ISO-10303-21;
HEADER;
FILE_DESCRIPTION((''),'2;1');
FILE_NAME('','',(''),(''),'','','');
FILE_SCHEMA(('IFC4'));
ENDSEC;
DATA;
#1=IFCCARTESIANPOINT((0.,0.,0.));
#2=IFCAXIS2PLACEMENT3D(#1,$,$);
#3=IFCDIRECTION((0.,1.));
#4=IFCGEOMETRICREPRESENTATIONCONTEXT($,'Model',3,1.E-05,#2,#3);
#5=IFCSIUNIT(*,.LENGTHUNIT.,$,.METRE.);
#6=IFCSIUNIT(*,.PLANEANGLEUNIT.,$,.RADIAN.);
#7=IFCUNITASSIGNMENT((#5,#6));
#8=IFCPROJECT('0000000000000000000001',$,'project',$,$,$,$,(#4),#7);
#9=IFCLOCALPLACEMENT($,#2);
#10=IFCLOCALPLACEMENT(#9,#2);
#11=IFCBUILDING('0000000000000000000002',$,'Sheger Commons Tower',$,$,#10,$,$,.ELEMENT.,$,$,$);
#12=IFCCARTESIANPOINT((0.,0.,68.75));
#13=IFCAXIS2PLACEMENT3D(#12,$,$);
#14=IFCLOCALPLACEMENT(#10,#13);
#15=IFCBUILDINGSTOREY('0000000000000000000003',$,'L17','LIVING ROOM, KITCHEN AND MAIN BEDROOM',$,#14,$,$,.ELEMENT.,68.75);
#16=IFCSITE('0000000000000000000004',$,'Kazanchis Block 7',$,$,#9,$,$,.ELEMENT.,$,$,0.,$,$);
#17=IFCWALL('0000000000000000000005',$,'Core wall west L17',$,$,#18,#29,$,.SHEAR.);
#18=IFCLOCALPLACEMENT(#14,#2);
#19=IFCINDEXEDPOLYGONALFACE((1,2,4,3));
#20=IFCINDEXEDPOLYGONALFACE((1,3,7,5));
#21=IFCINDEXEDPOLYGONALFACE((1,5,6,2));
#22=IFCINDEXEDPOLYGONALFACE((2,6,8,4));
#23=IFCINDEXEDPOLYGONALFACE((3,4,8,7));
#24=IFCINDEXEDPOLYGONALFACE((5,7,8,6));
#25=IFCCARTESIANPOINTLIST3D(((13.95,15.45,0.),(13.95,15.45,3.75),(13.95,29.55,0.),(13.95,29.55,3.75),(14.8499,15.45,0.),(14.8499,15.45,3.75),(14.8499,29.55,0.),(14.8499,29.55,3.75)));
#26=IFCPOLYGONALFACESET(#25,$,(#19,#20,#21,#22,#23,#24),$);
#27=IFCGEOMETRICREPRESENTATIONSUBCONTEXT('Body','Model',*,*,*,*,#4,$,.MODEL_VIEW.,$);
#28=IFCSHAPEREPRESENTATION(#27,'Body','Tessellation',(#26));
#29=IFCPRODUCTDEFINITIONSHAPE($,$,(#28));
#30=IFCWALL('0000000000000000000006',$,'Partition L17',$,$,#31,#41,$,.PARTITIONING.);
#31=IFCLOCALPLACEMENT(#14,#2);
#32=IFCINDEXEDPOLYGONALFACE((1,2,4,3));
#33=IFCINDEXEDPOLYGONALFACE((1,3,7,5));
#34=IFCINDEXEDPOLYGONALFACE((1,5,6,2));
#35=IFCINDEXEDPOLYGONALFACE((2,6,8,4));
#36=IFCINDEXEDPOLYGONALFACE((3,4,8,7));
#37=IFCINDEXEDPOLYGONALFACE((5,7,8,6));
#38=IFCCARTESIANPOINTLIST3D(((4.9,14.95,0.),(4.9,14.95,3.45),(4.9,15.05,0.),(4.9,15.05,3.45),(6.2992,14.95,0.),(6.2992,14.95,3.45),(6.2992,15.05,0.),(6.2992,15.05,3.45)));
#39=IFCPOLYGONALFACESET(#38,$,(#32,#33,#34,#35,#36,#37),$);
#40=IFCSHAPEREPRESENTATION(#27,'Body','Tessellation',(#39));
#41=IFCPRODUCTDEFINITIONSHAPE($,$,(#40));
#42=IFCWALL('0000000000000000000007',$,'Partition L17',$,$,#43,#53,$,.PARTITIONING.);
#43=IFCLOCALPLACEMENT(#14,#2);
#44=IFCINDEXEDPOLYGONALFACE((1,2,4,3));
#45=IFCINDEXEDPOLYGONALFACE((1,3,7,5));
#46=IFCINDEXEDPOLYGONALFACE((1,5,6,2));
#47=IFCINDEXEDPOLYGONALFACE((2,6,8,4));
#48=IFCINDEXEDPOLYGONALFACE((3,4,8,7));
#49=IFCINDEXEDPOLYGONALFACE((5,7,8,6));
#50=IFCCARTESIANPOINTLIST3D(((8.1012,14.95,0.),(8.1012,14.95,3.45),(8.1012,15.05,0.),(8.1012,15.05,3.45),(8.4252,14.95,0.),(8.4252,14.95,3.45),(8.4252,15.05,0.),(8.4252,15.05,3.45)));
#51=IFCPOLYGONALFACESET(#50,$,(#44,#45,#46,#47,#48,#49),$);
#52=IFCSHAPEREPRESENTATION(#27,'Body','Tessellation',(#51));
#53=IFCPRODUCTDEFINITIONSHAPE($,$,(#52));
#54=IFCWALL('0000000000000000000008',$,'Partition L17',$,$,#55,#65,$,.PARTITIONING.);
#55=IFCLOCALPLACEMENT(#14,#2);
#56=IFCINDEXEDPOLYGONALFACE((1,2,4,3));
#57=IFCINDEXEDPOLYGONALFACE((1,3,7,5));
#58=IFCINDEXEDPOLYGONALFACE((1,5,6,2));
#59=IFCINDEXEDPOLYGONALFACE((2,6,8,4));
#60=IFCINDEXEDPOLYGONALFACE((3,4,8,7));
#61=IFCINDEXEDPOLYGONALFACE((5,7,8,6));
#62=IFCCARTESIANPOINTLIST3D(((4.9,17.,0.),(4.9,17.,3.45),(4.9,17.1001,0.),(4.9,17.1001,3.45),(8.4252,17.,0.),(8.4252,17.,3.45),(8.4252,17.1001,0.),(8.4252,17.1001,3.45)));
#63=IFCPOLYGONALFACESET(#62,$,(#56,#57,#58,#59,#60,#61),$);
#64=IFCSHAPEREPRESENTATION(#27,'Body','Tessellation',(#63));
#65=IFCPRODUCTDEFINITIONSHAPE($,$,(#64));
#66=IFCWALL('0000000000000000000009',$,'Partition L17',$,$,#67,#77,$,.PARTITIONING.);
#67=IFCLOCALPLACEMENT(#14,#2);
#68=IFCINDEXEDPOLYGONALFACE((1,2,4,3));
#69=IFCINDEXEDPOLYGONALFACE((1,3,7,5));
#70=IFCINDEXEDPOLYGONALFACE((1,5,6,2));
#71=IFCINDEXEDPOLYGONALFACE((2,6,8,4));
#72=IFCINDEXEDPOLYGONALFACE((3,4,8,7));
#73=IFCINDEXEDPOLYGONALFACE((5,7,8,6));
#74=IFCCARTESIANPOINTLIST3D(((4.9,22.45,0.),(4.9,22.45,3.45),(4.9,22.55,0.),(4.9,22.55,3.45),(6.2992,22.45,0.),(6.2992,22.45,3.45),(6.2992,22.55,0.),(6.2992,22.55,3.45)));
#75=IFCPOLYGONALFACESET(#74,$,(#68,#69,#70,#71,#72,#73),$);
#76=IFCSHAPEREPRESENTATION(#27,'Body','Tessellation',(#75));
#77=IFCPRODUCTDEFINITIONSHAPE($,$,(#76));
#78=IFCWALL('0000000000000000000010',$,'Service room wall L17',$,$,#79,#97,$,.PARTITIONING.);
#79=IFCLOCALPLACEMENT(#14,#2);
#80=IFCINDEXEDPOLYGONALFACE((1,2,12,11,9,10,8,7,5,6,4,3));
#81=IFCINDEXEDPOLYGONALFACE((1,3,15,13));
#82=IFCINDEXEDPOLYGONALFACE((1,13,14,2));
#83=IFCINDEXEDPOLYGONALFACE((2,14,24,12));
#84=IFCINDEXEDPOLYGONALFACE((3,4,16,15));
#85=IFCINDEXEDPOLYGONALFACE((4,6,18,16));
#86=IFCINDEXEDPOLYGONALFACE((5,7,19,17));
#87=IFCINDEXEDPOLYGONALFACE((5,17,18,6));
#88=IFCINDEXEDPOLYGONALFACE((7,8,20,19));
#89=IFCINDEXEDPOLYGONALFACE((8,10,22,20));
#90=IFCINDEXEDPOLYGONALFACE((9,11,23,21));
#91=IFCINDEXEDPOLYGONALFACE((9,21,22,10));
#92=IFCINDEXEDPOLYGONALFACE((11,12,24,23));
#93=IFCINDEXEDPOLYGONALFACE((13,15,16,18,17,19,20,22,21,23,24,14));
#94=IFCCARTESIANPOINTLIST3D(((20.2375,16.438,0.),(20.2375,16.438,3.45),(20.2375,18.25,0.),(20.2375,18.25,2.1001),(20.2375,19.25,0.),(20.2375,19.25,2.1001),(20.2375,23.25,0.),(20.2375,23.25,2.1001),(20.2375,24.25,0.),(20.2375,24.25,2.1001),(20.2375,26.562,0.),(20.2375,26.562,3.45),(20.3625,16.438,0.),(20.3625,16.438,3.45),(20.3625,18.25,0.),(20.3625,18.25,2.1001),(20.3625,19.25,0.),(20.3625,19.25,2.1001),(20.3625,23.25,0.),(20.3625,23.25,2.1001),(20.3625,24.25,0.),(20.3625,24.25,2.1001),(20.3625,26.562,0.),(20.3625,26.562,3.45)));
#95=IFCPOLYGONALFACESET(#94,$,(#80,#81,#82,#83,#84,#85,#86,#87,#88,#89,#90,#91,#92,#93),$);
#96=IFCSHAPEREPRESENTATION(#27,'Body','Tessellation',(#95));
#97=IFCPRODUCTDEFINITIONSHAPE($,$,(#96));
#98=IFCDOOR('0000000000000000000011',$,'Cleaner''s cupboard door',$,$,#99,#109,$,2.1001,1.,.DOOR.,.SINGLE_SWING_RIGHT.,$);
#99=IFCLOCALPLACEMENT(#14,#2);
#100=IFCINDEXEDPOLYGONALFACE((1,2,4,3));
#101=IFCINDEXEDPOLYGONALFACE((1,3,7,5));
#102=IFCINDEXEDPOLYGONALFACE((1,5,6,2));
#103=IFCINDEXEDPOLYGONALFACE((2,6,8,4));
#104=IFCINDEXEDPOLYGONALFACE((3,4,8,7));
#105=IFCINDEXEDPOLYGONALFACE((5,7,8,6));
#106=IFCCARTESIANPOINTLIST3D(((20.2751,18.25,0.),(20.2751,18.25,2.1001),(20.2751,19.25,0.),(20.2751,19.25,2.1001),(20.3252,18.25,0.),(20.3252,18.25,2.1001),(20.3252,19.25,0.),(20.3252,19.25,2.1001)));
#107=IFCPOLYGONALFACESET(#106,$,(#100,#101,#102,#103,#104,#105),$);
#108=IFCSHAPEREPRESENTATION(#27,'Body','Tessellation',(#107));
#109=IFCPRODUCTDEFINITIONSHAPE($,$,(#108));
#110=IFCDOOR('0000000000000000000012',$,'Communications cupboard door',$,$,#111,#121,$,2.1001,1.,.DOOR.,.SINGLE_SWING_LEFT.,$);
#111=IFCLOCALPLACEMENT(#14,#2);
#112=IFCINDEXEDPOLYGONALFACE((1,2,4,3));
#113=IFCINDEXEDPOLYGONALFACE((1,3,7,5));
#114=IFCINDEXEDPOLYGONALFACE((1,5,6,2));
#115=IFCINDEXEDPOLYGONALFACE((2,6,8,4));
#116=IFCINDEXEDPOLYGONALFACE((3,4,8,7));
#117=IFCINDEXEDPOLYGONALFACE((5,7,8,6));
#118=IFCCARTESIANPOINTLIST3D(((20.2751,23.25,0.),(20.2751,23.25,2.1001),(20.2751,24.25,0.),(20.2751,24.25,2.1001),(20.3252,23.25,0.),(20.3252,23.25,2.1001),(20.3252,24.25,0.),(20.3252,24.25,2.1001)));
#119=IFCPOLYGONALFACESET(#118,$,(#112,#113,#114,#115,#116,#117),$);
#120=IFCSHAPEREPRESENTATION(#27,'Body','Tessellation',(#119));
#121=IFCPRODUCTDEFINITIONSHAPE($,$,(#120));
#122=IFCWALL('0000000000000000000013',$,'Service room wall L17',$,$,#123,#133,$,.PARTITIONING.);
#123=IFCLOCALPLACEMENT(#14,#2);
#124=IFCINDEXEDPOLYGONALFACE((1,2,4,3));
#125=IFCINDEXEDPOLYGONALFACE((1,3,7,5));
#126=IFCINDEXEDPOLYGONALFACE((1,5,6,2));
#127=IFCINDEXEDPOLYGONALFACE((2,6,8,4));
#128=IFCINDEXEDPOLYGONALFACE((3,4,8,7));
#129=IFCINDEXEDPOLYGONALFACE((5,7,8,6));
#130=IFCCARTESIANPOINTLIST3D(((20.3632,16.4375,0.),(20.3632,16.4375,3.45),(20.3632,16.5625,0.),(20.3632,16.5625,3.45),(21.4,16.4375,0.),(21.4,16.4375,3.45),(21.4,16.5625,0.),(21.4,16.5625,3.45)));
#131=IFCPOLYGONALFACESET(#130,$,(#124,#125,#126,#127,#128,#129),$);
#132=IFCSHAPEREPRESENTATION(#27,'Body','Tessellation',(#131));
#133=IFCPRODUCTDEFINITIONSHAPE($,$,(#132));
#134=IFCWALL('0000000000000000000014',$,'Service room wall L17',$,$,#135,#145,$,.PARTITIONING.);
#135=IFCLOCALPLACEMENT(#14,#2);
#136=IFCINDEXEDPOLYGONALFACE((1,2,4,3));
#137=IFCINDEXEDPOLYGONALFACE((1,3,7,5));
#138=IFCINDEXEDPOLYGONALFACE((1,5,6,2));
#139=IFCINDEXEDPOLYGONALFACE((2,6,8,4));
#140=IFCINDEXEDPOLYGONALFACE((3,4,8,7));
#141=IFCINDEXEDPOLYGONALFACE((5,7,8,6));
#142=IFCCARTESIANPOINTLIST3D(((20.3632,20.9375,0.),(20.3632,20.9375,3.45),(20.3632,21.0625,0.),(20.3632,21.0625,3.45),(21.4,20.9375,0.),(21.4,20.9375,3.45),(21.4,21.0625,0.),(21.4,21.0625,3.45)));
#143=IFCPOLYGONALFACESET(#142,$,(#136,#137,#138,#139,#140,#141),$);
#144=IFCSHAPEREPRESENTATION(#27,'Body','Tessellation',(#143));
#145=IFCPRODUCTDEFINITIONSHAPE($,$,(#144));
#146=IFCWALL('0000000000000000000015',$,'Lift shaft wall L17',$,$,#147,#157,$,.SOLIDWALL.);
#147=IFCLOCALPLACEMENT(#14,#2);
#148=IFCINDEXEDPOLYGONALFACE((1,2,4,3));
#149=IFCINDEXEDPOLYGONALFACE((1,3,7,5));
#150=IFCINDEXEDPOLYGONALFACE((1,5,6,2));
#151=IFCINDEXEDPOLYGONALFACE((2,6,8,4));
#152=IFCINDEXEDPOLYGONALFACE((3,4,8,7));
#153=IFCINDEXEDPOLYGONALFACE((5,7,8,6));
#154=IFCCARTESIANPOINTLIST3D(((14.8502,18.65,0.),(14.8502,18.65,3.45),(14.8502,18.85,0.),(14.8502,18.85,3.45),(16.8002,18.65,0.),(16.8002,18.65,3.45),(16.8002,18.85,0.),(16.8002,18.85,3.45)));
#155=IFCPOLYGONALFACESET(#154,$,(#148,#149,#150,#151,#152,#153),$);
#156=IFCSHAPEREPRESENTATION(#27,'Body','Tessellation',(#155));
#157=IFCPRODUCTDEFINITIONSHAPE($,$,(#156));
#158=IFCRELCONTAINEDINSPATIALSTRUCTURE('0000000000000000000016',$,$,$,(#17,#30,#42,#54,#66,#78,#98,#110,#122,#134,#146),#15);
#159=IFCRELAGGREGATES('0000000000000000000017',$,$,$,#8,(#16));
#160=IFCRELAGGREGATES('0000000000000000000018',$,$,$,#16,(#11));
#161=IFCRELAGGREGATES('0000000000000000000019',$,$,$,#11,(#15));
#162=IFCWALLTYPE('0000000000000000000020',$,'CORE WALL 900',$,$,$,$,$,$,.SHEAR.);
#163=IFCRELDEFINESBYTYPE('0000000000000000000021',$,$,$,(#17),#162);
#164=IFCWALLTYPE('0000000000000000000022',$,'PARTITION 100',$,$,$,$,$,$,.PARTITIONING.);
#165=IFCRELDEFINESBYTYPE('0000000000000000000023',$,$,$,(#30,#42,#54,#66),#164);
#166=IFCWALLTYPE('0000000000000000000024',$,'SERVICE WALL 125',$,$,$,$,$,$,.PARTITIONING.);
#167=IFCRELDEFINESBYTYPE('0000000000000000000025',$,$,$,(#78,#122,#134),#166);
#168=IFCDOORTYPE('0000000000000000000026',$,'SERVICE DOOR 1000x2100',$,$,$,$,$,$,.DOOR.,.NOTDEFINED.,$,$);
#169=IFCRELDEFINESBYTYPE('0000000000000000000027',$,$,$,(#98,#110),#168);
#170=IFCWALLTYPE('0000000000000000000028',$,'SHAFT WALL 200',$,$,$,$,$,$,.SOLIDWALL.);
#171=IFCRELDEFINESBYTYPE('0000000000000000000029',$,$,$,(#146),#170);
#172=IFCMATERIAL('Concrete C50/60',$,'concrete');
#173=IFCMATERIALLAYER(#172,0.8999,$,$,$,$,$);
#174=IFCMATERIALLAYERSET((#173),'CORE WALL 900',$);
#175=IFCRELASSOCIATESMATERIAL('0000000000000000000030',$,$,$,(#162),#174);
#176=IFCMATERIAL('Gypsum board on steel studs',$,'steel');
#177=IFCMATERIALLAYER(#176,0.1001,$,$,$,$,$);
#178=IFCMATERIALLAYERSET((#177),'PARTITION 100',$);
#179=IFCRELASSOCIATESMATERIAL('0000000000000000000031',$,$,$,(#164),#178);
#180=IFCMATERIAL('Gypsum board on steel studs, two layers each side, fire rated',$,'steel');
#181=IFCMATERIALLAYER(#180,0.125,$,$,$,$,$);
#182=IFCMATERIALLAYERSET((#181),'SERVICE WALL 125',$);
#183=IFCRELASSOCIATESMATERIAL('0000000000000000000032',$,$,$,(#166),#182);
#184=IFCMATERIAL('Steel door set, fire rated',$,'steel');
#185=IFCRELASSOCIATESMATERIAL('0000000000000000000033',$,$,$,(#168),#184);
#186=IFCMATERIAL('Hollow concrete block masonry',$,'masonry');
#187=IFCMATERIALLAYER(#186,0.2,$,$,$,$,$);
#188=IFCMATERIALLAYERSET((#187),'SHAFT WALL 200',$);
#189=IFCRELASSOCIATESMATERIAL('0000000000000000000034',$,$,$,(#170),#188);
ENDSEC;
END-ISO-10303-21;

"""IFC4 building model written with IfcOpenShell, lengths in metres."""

from ifc_helpers import new_model, si_unit, direction, frame, frame_2d, origin, place, context, subcontext, project, spatial, rectangle, extrude, material, layer, layer_set, type_object, element, fill, save


model = new_model("IFC4")

# Units and contexts
model_context = context("Model", 3, precision=1e-05, world=origin(), true_north=direction((0.0, 1.0)))
body_context = subcontext(model_context, "Body", "Model", "MODEL_VIEW")
ifc_project = project(units=[si_unit("LENGTHUNIT", "METRE"), si_unit("PLANEANGLEUNIT", "RADIAN")], contexts=[model_context])

# Site, building, storey
site_placement = place(None, origin())
site = spatial("IfcSite", under=ifc_project, at=site_placement, Name="Kazanchis Block 7", CompositionType="ELEMENT", RefElevation=0.0)
building_placement = place(site_placement, origin())
building = spatial("IfcBuilding", under=site, at=building_placement, Name="Sheger Commons Tower", CompositionType="ELEMENT")
storey_placement = place(building_placement, frame((0.0, 0.0, 68.75)))
storey = spatial("IfcBuildingStorey", under=building, at=storey_placement, Name="L17", Description="LIVING ROOM, KITCHEN AND MAIN BEDROOM", CompositionType="ELEMENT", Elevation=68.75)

# Shared definitions
ifc_material_1 = material(Name="Concrete C50/60", Category="concrete")
ifc_layer_1 = layer(ifc_material_1, 0.8999)
ifc_layer_set_1 = layer_set([ifc_layer_1], Name="CORE WALL 900")
wall_type_1 = type_object("IfcWallType", Name="CORE WALL 900", PredefinedType="SHEAR", material=ifc_layer_set_1)

# Walls
wall_1_placement = place(storey_placement, frame((14.3999, 15.45, 0.0), z_axis=(0.0, 0.0, 1.0), x_axis=(0.0, 1.0, 0.0)))
element("IfcWall", 1, at=wall_1_placement, inside=storey, type_object=wall_type_1, Name="Core wall west L17", PredefinedType="SHEAR", context=body_context, shape_type="SweptSolid", body=[
    extrude(rectangle(XDim=14.1001, YDim=0.8999, at=frame_2d((7.05, 0.0))), origin(), (0.0, 0.0, 1.0), 3.75),
])
ifc_material_2 = material(Name="Gypsum board on steel studs", Category="steel")
ifc_layer_2 = layer(ifc_material_2, 0.1001)
ifc_layer_set_2 = layer_set([ifc_layer_2], Name="PARTITION 100")
wall_type_2 = type_object("IfcWallType", Name="PARTITION 100", PredefinedType="PARTITIONING", material=ifc_layer_set_2)
wall_2_placement = place(storey_placement, frame((4.8999, 15.0, 0.0), z_axis=(0.0, 0.0, 1.0), x_axis=(1.0, 0.0, 0.0)))
element("IfcWall", 2, at=wall_2_placement, inside=storey, type_object=wall_type_2, Name="Partition L17", PredefinedType="PARTITIONING", context=body_context, shape_type="SweptSolid", body=[
    extrude(rectangle(XDim=1.3992, YDim=0.1001, at=frame_2d((0.6997, 0.0))), origin(), (0.0, 0.0, 1.0), 3.45),
])
wall_3_placement = place(storey_placement, frame((8.1011, 15.0, 0.0), z_axis=(0.0, 0.0, 1.0), x_axis=(1.0, 0.0, 0.0)))
element("IfcWall", 3, at=wall_3_placement, inside=storey, type_object=wall_type_2, Name="Partition L17", PredefinedType="PARTITIONING", context=body_context, shape_type="SweptSolid", body=[
    extrude(rectangle(XDim=0.324, YDim=0.1001, at=frame_2d((0.1621, 0.0))), origin(), (0.0, 0.0, 1.0), 3.45),
])
wall_4_placement = place(storey_placement, frame((4.8999, 17.05, 0.0), z_axis=(0.0, 0.0, 1.0), x_axis=(1.0, 0.0, 0.0)))
element("IfcWall", 4, at=wall_4_placement, inside=storey, type_object=wall_type_2, Name="Partition L17", PredefinedType="PARTITIONING", context=body_context, shape_type="SweptSolid", body=[
    extrude(rectangle(XDim=3.5251, YDim=0.1001, at=frame_2d((1.7627, 0.0))), origin(), (0.0, 0.0, 1.0), 3.45),
])
wall_5_placement = place(storey_placement, frame((4.8999, 22.5, 0.0), z_axis=(0.0, 0.0, 1.0), x_axis=(1.0, 0.0, 0.0)))
element("IfcWall", 5, at=wall_5_placement, inside=storey, type_object=wall_type_2, Name="Partition L17", PredefinedType="PARTITIONING", context=body_context, shape_type="SweptSolid", body=[
    extrude(rectangle(XDim=1.3992, YDim=0.1001, at=frame_2d((0.6997, 0.0))), origin(), (0.0, 0.0, 1.0), 3.45),
])

# Wall, openings, doors
ifc_material_3 = material(Name="Gypsum board on steel studs, two layers each side, fire rated", Category="steel")
ifc_layer_3 = layer(ifc_material_3, 0.125)
ifc_layer_set_3 = layer_set([ifc_layer_3], Name="SERVICE WALL 125")
wall_type_3 = type_object("IfcWallType", Name="SERVICE WALL 125", PredefinedType="PARTITIONING", material=ifc_layer_set_3)
wall_6_placement = place(storey_placement, frame((20.3, 16.438, 0.0), z_axis=(0.0, 0.0, 1.0), x_axis=(0.0, 1.0, 0.0)))
wall_6 = element("IfcWall", 6, at=wall_6_placement, inside=storey, type_object=wall_type_3, Name="Service room wall L17", PredefinedType="PARTITIONING", context=body_context, shape_type="SweptSolid", body=[
    extrude(rectangle(XDim=10.124, YDim=0.125, at=frame_2d((5.062, 0.0))), origin(), (0.0, 0.0, 1.0), 3.45),
])
opening_1_placement = place(wall_6_placement, frame((1.812, 0.0, 0.0)))
opening_1 = element("IfcOpeningElement", 7, at=opening_1_placement, cuts=wall_6, PredefinedType="OPENING", context=body_context, shape_type="SweptSolid", body=[
    extrude(rectangle(XDim=1.0, YDim=2.1001, at=frame_2d((0.5, 1.05))), frame((0.0, 0.0725, 0.0), z_axis=(0.0, -1.0, 0.0), x_axis=(1.0, 0.0, 0.0)), (0.0, 0.0, 1.0), 0.145),
])
opening_2_placement = place(wall_6_placement, frame((6.812, 0.0, 0.0)))
opening_2 = element("IfcOpeningElement", 8, at=opening_2_placement, cuts=wall_6, PredefinedType="OPENING", context=body_context, shape_type="SweptSolid", body=[
    extrude(rectangle(XDim=1.0, YDim=2.1001, at=frame_2d((0.5, 1.05))), frame((0.0, 0.0725, 0.0), z_axis=(0.0, -1.0, 0.0), x_axis=(1.0, 0.0, 0.0)), (0.0, 0.0, 1.0), 0.145),
])
ifc_material_4 = material(Name="Steel door set, fire rated", Category="steel")
door_type_1 = type_object("IfcDoorType", Name="SERVICE DOOR 1000x2100", OperationType="NOTDEFINED", PredefinedType="DOOR", material=ifc_material_4)
door_1_placement = place(opening_1_placement, origin())
door_1 = element("IfcDoor", 9, at=door_1_placement, inside=storey, type_object=door_type_1, Name="Cleaner's cupboard door", OperationType="SINGLE_SWING_RIGHT", OverallHeight=2.1001, OverallWidth=1.0, PredefinedType="DOOR", context=body_context, shape_type="SweptSolid", body=[
    extrude(rectangle(XDim=1.0, YDim=2.1001, at=frame_2d((0.5, 1.05))), frame((0.0, 0.0249, 0.0), z_axis=(0.0, -1.0, 0.0), x_axis=(1.0, 0.0, 0.0)), (0.0, 0.0, 1.0), 0.05),
])
fill(opening_1, door_1)
door_2_placement = place(opening_2_placement, origin())
door_2 = element("IfcDoor", 10, at=door_2_placement, inside=storey, type_object=door_type_1, Name="Communications cupboard door", OperationType="SINGLE_SWING_LEFT", OverallHeight=2.1001, OverallWidth=1.0, PredefinedType="DOOR", context=body_context, shape_type="SweptSolid", body=[
    extrude(rectangle(XDim=1.0, YDim=2.1001, at=frame_2d((0.5, 1.05))), frame((0.0, 0.0249, 0.0), z_axis=(0.0, -1.0, 0.0), x_axis=(1.0, 0.0, 0.0)), (0.0, 0.0, 1.0), 0.05),
])
fill(opening_2, door_2)

# Walls
for number, where, z_axis, x_axis, name in (
    (11, (20.363, 16.5, 0.0), (0.0, 0.0, 1.0), (1.0, 0.0, 0.0), "Service room wall L17"),
    (12, (20.363, 21.0, 0.0), (0.0, 0.0, 1.0), (1.0, 0.0, 0.0), "Service room wall L17"),
):
    element("IfcWall", number, at=place(storey_placement, frame(where, z_axis=z_axis, x_axis=x_axis)), inside=storey, type_object=wall_type_3, Name=name, PredefinedType="PARTITIONING", context=body_context, shape_type="SweptSolid", body=[
        extrude(rectangle(XDim=1.0369, YDim=0.125, at=frame_2d((0.5186, 0.0))), origin(), (0.0, 0.0, 1.0), 3.45),
    ])
ifc_material_5 = material(Name="Hollow concrete block masonry", Category="masonry")
ifc_layer_4 = layer(ifc_material_5, 0.2)
ifc_layer_set_4 = layer_set([ifc_layer_4], Name="SHAFT WALL 200")
wall_type_4 = type_object("IfcWallType", Name="SHAFT WALL 200", PredefinedType="SOLIDWALL", material=ifc_layer_set_4)
wall_7_placement = place(storey_placement, frame((14.8501, 18.75, 0.0), z_axis=(0.0, 0.0, 1.0), x_axis=(1.0, 0.0, 0.0)))
element("IfcWall", 13, at=wall_7_placement, inside=storey, type_object=wall_type_4, Name="Lift shaft wall L17", PredefinedType="SOLIDWALL", context=body_context, shape_type="SweptSolid", body=[
    extrude(rectangle(XDim=1.95, YDim=0.2, at=frame_2d((0.9751, 0.0))), origin(), (0.0, 0.0, 1.0), 3.45),
])

save(model, "model.ifc")
